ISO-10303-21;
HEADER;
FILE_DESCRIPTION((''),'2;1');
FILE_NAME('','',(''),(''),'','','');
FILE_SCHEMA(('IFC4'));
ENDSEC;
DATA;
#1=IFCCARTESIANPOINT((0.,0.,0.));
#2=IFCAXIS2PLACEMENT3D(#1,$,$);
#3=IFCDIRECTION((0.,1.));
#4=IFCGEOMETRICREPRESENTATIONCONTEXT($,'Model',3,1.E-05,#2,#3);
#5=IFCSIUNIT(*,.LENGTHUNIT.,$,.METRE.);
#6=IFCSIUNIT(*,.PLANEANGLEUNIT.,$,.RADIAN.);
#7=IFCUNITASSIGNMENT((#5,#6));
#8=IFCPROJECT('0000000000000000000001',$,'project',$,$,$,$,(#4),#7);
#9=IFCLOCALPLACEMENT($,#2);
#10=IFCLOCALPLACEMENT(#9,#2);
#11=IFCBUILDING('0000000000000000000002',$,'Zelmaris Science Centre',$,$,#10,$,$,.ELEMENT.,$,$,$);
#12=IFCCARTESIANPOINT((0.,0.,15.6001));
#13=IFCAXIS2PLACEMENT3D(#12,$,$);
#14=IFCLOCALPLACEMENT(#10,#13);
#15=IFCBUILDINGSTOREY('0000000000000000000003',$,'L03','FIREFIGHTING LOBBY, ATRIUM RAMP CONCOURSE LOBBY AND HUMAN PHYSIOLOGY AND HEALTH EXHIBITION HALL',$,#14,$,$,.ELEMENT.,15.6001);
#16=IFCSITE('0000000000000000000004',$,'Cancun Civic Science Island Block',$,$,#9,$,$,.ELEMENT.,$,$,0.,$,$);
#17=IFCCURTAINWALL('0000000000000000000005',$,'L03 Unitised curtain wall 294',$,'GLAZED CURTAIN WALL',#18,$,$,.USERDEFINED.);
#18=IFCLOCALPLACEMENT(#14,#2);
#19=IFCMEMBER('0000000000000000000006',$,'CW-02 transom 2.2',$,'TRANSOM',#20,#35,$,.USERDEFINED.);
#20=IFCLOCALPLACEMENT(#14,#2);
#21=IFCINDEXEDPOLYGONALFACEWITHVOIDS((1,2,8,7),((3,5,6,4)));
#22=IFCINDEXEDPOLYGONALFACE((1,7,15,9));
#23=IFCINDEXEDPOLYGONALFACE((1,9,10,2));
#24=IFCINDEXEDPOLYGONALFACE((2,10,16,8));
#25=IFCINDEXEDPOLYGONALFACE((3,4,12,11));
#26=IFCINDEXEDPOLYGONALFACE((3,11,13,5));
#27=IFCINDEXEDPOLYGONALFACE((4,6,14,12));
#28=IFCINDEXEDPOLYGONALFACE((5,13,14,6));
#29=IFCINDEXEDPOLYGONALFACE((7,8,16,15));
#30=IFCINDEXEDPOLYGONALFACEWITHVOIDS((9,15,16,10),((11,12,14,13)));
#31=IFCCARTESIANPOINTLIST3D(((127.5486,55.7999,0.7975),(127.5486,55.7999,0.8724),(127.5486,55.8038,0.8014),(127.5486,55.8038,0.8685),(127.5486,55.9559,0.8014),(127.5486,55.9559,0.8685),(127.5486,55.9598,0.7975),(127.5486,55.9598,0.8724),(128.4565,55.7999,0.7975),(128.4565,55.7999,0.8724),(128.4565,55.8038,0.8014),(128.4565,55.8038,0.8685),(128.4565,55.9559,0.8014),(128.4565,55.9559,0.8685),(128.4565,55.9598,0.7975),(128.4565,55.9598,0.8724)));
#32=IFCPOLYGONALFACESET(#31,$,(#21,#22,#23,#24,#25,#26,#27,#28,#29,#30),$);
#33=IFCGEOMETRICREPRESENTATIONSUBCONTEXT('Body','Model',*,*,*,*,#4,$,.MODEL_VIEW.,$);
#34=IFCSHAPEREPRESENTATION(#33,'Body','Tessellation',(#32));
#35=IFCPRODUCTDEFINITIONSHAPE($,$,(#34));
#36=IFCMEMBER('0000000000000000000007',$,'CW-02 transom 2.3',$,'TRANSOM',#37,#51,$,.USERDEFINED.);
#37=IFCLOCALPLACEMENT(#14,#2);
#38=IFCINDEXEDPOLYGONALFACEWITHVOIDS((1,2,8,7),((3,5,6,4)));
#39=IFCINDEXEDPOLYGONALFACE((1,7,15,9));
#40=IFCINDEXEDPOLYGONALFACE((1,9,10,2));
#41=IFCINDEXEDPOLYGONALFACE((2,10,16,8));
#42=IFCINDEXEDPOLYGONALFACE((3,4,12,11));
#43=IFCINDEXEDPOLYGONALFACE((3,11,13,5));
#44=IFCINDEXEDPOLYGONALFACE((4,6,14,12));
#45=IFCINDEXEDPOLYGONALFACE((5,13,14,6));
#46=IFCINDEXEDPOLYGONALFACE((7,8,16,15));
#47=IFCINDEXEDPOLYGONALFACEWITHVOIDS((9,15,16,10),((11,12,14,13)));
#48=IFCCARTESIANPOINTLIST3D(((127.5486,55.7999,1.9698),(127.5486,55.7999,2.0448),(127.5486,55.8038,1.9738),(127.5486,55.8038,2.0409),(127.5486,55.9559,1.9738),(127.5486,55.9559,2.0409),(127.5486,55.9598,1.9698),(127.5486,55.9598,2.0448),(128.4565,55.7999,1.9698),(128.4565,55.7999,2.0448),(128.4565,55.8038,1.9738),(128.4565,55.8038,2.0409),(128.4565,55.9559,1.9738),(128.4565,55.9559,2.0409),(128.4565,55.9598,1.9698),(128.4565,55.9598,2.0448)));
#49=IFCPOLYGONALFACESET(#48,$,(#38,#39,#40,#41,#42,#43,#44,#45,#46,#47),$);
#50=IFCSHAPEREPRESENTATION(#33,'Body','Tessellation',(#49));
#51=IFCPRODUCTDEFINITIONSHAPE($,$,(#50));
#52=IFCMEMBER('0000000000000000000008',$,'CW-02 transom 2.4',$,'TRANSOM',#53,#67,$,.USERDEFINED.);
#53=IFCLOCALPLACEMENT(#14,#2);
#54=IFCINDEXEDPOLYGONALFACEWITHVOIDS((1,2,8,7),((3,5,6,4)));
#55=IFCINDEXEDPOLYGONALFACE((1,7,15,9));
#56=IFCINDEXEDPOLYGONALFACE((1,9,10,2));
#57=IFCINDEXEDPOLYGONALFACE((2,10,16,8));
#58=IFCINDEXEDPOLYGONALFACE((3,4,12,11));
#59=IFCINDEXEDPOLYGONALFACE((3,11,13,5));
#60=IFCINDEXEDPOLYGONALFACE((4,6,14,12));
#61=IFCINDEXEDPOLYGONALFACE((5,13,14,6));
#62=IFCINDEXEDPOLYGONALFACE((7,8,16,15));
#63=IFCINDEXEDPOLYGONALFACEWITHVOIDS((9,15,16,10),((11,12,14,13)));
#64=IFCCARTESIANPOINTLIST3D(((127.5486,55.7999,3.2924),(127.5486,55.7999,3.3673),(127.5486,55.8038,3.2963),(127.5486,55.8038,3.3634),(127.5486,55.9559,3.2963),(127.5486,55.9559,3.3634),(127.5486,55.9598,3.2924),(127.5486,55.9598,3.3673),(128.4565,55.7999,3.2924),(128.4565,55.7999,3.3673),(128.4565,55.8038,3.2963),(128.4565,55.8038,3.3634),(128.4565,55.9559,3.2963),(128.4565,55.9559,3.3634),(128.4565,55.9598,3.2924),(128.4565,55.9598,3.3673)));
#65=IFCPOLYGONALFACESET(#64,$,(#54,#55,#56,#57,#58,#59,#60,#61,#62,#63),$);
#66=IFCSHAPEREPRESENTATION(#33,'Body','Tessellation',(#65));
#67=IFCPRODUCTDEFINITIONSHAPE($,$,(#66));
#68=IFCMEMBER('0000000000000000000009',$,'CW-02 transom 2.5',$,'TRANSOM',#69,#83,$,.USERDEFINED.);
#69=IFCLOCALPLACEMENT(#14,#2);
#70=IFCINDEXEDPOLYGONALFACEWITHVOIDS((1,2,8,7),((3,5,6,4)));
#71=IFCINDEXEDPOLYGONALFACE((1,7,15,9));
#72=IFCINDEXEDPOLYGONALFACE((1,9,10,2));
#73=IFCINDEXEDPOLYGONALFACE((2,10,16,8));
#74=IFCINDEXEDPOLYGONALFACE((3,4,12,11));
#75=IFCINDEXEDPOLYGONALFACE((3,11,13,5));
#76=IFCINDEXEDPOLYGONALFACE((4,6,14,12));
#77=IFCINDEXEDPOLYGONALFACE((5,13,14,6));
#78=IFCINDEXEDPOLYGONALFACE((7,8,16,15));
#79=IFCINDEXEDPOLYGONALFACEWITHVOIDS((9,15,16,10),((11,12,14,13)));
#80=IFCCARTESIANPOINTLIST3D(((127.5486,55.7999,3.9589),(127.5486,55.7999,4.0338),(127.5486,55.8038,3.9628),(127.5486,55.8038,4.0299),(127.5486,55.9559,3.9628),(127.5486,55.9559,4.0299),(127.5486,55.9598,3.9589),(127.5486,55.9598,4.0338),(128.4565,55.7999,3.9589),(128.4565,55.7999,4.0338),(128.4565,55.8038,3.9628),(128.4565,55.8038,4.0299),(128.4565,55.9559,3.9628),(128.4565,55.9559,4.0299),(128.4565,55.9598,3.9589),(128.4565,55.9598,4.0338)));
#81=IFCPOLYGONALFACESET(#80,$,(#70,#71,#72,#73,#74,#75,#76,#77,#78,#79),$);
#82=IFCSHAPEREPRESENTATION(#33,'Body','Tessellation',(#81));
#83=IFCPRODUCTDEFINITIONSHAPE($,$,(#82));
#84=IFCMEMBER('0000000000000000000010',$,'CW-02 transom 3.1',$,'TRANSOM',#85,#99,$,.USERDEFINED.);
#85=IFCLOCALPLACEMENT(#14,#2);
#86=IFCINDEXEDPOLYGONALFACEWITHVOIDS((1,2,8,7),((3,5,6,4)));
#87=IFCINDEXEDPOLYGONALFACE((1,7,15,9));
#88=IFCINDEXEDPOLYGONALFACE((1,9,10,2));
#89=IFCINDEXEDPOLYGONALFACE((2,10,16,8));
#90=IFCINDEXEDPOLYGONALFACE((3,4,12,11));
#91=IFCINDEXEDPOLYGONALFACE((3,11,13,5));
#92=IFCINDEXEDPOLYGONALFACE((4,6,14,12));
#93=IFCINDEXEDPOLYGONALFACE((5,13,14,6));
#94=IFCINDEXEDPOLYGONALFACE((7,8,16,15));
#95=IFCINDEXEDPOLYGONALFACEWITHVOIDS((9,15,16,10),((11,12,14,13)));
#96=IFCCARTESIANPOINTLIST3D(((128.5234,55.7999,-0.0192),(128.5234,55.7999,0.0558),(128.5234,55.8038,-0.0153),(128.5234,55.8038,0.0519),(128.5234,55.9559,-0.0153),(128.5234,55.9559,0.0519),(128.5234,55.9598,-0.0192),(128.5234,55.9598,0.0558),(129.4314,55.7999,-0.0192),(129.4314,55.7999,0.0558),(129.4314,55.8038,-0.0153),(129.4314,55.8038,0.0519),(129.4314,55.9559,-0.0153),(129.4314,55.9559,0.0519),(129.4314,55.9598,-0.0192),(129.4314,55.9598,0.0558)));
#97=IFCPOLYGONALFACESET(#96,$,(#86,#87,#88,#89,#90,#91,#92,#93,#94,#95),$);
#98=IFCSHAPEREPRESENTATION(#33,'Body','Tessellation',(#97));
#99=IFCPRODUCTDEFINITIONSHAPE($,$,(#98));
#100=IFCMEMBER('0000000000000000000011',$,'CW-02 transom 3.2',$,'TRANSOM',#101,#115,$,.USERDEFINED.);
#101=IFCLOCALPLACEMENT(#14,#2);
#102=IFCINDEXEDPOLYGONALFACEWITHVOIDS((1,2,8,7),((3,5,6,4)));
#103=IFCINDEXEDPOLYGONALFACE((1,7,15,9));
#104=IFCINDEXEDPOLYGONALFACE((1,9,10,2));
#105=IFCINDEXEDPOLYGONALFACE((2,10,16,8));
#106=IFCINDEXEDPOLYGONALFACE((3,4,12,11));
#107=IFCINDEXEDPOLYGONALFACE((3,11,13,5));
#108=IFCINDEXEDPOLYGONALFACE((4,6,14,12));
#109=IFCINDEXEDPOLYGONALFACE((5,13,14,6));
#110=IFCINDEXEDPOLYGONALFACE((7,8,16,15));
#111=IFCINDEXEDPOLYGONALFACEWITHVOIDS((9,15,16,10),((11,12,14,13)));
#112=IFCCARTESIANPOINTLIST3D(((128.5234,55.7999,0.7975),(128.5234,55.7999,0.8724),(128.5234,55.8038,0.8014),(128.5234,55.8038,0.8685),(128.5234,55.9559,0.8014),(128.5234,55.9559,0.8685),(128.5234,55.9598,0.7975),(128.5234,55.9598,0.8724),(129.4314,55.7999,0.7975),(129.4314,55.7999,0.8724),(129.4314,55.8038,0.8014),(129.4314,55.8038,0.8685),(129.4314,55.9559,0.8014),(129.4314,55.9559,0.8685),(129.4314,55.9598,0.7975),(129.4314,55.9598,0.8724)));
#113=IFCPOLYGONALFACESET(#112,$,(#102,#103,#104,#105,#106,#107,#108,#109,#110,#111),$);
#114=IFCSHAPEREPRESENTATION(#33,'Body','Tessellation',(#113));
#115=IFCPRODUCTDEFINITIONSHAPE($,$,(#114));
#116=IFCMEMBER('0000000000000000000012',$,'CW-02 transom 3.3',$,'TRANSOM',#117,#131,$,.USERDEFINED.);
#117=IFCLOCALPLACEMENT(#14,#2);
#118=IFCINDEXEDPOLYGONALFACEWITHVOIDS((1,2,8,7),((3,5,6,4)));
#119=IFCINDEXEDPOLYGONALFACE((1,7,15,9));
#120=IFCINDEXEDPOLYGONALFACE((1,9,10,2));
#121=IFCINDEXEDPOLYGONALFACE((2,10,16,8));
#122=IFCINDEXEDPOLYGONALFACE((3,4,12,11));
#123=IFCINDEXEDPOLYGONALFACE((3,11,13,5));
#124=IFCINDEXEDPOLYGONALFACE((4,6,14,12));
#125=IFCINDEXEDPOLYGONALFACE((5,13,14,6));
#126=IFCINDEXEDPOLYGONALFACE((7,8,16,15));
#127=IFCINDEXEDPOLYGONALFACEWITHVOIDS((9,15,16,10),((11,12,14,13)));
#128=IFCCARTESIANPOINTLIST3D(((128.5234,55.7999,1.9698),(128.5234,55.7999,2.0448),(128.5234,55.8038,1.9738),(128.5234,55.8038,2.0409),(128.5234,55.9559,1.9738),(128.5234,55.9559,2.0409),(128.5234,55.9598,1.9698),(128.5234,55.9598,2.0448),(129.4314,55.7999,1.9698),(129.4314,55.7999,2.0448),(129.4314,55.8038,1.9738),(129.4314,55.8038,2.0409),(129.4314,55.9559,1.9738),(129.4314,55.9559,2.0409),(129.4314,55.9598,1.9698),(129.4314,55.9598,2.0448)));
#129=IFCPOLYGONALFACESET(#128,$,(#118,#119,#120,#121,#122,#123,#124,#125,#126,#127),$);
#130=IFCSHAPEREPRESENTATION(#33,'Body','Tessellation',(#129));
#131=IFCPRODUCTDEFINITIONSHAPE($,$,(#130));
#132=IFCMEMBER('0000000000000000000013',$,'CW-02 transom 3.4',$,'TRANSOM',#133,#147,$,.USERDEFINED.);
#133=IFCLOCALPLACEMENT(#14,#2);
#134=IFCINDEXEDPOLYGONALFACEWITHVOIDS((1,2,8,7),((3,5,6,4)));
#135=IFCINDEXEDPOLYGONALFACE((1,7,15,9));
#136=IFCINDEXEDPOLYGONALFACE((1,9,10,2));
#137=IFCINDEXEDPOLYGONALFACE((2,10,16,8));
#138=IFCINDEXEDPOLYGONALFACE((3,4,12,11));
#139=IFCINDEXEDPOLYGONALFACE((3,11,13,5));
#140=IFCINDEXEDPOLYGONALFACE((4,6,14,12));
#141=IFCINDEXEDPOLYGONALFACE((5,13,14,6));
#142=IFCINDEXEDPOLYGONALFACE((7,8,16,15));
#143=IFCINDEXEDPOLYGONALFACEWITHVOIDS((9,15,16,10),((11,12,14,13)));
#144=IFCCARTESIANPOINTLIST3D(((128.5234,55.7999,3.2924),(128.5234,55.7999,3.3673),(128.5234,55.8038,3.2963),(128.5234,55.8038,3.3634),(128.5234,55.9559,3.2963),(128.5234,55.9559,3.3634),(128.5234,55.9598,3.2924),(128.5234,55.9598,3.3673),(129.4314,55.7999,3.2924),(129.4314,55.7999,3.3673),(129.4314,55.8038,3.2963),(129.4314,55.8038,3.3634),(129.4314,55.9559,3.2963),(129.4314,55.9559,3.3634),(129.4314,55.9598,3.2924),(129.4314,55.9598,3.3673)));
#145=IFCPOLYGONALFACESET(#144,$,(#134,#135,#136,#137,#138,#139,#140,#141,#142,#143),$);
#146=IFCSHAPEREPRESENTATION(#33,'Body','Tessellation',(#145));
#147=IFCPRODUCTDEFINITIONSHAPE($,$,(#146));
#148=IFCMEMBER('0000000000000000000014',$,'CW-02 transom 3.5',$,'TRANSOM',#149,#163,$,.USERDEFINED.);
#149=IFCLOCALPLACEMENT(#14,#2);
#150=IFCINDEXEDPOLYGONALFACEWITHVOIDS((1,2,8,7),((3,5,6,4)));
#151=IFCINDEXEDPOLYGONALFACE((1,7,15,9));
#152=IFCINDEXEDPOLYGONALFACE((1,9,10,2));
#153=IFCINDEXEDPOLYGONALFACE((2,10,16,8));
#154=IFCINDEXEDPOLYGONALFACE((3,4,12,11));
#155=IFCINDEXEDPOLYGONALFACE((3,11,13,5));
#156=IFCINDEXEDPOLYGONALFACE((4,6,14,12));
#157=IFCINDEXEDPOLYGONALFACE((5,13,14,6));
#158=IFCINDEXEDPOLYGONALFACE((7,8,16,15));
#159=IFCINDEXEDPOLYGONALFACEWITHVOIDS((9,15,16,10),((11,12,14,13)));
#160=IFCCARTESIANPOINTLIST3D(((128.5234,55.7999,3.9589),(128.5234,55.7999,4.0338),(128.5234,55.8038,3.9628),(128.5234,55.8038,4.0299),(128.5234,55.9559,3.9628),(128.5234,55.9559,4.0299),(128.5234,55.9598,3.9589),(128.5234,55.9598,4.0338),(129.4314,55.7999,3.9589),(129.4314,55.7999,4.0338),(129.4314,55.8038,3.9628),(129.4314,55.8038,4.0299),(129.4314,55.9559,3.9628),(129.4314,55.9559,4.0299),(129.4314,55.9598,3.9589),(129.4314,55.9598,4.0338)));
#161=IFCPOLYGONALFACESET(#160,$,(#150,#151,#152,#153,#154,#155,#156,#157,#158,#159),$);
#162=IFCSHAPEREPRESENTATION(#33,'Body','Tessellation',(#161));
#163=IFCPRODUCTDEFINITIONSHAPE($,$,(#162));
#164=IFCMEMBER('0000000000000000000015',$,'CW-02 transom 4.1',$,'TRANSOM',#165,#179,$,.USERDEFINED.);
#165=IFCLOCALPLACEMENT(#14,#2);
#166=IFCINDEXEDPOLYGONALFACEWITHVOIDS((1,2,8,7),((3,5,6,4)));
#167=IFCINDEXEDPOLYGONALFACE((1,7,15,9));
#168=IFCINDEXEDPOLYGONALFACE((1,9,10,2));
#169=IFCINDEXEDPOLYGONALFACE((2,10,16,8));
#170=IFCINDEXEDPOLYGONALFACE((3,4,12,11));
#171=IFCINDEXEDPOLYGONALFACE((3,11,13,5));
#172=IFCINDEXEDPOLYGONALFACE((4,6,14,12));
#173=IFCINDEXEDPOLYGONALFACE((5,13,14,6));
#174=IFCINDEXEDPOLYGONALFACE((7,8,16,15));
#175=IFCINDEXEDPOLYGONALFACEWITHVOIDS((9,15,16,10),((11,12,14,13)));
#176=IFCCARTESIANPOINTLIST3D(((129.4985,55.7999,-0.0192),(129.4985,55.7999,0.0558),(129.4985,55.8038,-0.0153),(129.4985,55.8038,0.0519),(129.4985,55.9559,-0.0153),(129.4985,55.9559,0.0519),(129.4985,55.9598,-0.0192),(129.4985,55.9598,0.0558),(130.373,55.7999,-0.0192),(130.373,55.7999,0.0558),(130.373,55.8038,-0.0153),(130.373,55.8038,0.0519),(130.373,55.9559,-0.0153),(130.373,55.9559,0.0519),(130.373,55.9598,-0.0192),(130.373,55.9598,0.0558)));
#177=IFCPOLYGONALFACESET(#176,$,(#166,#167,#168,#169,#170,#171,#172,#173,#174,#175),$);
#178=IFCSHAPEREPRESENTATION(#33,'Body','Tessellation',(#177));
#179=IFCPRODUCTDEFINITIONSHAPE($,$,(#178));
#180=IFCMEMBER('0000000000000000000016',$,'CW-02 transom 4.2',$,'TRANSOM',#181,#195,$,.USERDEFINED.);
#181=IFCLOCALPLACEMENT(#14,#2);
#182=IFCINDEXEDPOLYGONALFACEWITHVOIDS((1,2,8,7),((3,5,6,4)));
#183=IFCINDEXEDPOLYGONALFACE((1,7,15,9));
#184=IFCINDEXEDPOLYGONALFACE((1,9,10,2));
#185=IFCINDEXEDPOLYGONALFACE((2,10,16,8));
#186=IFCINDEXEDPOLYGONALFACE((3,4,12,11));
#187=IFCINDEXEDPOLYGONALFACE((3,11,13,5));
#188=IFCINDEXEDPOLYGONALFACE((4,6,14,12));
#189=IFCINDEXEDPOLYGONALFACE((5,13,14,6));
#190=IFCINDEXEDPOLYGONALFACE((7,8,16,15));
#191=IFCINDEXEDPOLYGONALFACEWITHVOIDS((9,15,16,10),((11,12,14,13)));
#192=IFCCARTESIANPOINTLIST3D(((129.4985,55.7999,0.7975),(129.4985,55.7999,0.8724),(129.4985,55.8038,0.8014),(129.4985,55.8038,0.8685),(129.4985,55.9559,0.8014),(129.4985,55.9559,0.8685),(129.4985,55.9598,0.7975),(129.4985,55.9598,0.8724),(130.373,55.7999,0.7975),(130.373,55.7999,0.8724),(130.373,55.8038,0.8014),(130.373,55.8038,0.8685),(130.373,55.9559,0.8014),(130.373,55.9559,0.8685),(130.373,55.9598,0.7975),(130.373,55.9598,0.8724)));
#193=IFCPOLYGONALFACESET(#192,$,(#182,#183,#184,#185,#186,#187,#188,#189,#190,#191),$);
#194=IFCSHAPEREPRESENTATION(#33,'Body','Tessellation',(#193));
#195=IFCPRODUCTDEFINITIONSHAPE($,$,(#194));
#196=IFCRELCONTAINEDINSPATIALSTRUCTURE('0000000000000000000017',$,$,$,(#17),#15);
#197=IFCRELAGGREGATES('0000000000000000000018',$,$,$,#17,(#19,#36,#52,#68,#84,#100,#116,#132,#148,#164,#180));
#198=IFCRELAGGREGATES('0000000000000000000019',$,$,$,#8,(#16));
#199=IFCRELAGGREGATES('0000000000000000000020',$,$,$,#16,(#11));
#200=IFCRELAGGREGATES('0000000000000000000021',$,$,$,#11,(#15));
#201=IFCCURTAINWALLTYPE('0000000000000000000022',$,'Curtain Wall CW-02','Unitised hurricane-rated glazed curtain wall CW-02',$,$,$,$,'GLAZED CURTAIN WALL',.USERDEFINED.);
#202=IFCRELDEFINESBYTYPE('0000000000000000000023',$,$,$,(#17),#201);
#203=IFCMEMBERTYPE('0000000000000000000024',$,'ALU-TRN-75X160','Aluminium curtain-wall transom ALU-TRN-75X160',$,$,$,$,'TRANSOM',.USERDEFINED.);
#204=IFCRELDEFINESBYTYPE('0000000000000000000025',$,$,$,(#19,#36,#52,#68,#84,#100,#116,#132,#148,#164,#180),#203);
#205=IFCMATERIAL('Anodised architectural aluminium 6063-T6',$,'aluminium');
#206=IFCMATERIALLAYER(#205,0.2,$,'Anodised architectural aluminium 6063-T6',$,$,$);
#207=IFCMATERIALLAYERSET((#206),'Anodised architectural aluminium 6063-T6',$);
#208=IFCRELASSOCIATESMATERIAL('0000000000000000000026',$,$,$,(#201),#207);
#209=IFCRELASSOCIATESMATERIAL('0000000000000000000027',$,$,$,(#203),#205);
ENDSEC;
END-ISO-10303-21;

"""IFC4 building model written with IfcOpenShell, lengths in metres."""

from ifc_helpers import new_model, si_unit, direction, frame, origin, origin_2d, place, context, subcontext, project, spatial, hollow_rectangle, extrude, material, layer, layer_set, material_profile, profile_set, type_object, element, aggregate, save


model = new_model("IFC4")

# Units and contexts
model_context = context("Model", 3, precision=1e-05, world=origin(), true_north=direction((0.0, 1.0)))
body_context = subcontext(model_context, "Body", "Model", "MODEL_VIEW")
ifc_project = project(units=[si_unit("LENGTHUNIT", "METRE"), si_unit("PLANEANGLEUNIT", "RADIAN")], contexts=[model_context])

# Site, building, storey
site_placement = place(None, origin())
site = spatial("IfcSite", under=ifc_project, at=site_placement, Name="Cancun Civic Science Island Block", CompositionType="ELEMENT", RefElevation=0.0)
building_placement = place(site_placement, origin())
building = spatial("IfcBuilding", under=site, at=building_placement, Name="Zelmaris Science Centre", CompositionType="ELEMENT")
storey_placement = place(building_placement, frame((0.0, 0.0, 15.6001)))
storey = spatial("IfcBuildingStorey", under=building, at=storey_placement, Name="L03", Description="FIREFIGHTING LOBBY, ATRIUM RAMP CONCOURSE LOBBY AND HUMAN PHYSIOLOGY AND HEALTH EXHIBITION HALL", CompositionType="ELEMENT", Elevation=15.6001)

# Shared definitions
ifc_material_1 = material(Name="Anodised architectural aluminium 6063-T6", Category="aluminium")

# Curtain wall, members
ifc_layer_1 = layer(ifc_material_1, 0.2, Name="Anodised architectural aluminium 6063-T6")
ifc_layer_set_1 = layer_set([ifc_layer_1], Name="Anodised architectural aluminium 6063-T6")
curtain_wall_type_1 = type_object("IfcCurtainWallType", Name="Curtain Wall CW-02", Description="Unitised hurricane-rated glazed curtain wall CW-02", ElementType="GLAZED CURTAIN WALL", PredefinedType="USERDEFINED", material=ifc_layer_set_1)
curtain_wall_1_placement = place(storey_placement, origin())
curtain_wall_1 = element("IfcCurtainWall", 1, at=curtain_wall_1_placement, inside=storey, type_object=curtain_wall_type_1, Name="L03 Unitised curtain wall 294", ObjectType="GLAZED CURTAIN WALL", PredefinedType="USERDEFINED")
ifc_material_profile_1 = material_profile(ifc_material_1, hollow_rectangle(XDim=0.075, YDim=0.1599, WallThickness=0.0039, at=origin_2d()), Name="ALU-TRN-75X160")
ifc_profile_set_1 = profile_set([ifc_material_profile_1], Name="Anodised architectural aluminium 6063-T6")
member_type_1 = type_object("IfcMemberType", Name="ALU-TRN-75X160", Description="Aluminium curtain-wall transom ALU-TRN-75X160", ElementType="TRANSOM", PredefinedType="USERDEFINED", material=ifc_profile_set_1)
member_1_placement = place(storey_placement, frame((127.5486, 55.8799, 0.835), z_axis=(1.0, 0.0, 0.0), x_axis=(0.0, 0.0, 1.0)))
member_1 = element("IfcMember", 2, at=member_1_placement, type_object=member_type_1, Name="CW-02 transom 2.2", ObjectType="TRANSOM", PredefinedType="USERDEFINED", context=body_context, shape_type="SweptSolid", body=[
    extrude(hollow_rectangle(XDim=0.075, YDim=0.1599, WallThickness=0.0039, at=origin_2d()), origin(), (0.0, 0.0, 1.0), 0.908),
])
member_2_placement = place(storey_placement, frame((127.5486, 55.8799, 2.0073), z_axis=(1.0, 0.0, 0.0), x_axis=(0.0, 0.0, 1.0)))
member_2 = element("IfcMember", 3, at=member_2_placement, type_object=member_type_1, Name="CW-02 transom 2.3", ObjectType="TRANSOM", PredefinedType="USERDEFINED", context=body_context, shape_type="SweptSolid", body=[
    extrude(hollow_rectangle(XDim=0.075, YDim=0.1599, WallThickness=0.0039, at=origin_2d()), origin(), (0.0, 0.0, 1.0), 0.908),
])
member_3_placement = place(storey_placement, frame((127.5486, 55.8799, 3.3298), z_axis=(1.0, 0.0, 0.0), x_axis=(0.0, 0.0, 1.0)))
member_3 = element("IfcMember", 4, at=member_3_placement, type_object=member_type_1, Name="CW-02 transom 2.4", ObjectType="TRANSOM", PredefinedType="USERDEFINED", context=body_context, shape_type="SweptSolid", body=[
    extrude(hollow_rectangle(XDim=0.075, YDim=0.1599, WallThickness=0.0039, at=origin_2d()), origin(), (0.0, 0.0, 1.0), 0.908),
])
member_4_placement = place(storey_placement, frame((127.5486, 55.8799, 3.9963), z_axis=(1.0, 0.0, 0.0), x_axis=(0.0, 0.0, 1.0)))
member_4 = element("IfcMember", 5, at=member_4_placement, type_object=member_type_1, Name="CW-02 transom 2.5", ObjectType="TRANSOM", PredefinedType="USERDEFINED", context=body_context, shape_type="SweptSolid", body=[
    extrude(hollow_rectangle(XDim=0.075, YDim=0.1599, WallThickness=0.0039, at=origin_2d()), origin(), (0.0, 0.0, 1.0), 0.908),
])
member_5_placement = place(storey_placement, frame((128.5234, 55.8799, 0.0183), z_axis=(1.0, 0.0, 0.0), x_axis=(0.0, 0.0, 1.0)))
member_5 = element("IfcMember", 6, at=member_5_placement, type_object=member_type_1, Name="CW-02 transom 3.1", ObjectType="TRANSOM", PredefinedType="USERDEFINED", context=body_context, shape_type="SweptSolid", body=[
    extrude(hollow_rectangle(XDim=0.075, YDim=0.1599, WallThickness=0.0039, at=origin_2d()), origin(), (0.0, 0.0, 1.0), 0.908),
])
member_6_placement = place(storey_placement, frame((128.5234, 55.8799, 0.835), z_axis=(1.0, 0.0, 0.0), x_axis=(0.0, 0.0, 1.0)))
member_6 = element("IfcMember", 7, at=member_6_placement, type_object=member_type_1, Name="CW-02 transom 3.2", ObjectType="TRANSOM", PredefinedType="USERDEFINED", context=body_context, shape_type="SweptSolid", body=[
    extrude(hollow_rectangle(XDim=0.075, YDim=0.1599, WallThickness=0.0039, at=origin_2d()), origin(), (0.0, 0.0, 1.0), 0.908),
])
member_7_placement = place(storey_placement, frame((128.5234, 55.8799, 2.0073), z_axis=(1.0, 0.0, 0.0), x_axis=(0.0, 0.0, 1.0)))
member_7 = element("IfcMember", 8, at=member_7_placement, type_object=member_type_1, Name="CW-02 transom 3.3", ObjectType="TRANSOM", PredefinedType="USERDEFINED", context=body_context, shape_type="SweptSolid", body=[
    extrude(hollow_rectangle(XDim=0.075, YDim=0.1599, WallThickness=0.0039, at=origin_2d()), origin(), (0.0, 0.0, 1.0), 0.908),
])
member_8_placement = place(storey_placement, frame((128.5234, 55.8799, 3.3298), z_axis=(1.0, 0.0, 0.0), x_axis=(0.0, 0.0, 1.0)))
member_8 = element("IfcMember", 9, at=member_8_placement, type_object=member_type_1, Name="CW-02 transom 3.4", ObjectType="TRANSOM", PredefinedType="USERDEFINED", context=body_context, shape_type="SweptSolid", body=[
    extrude(hollow_rectangle(XDim=0.075, YDim=0.1599, WallThickness=0.0039, at=origin_2d()), origin(), (0.0, 0.0, 1.0), 0.908),
])
member_9_placement = place(storey_placement, frame((128.5234, 55.8799, 3.9963), z_axis=(1.0, 0.0, 0.0), x_axis=(0.0, 0.0, 1.0)))
member_9 = element("IfcMember", 10, at=member_9_placement, type_object=member_type_1, Name="CW-02 transom 3.5", ObjectType="TRANSOM", PredefinedType="USERDEFINED", context=body_context, shape_type="SweptSolid", body=[
    extrude(hollow_rectangle(XDim=0.075, YDim=0.1599, WallThickness=0.0039, at=origin_2d()), origin(), (0.0, 0.0, 1.0), 0.908),
])
member_10_placement = place(storey_placement, frame((129.4985, 55.8799, 0.0183), z_axis=(1.0, 0.0, 0.0), x_axis=(0.0, 0.0, 1.0)))
member_10 = element("IfcMember", 11, at=member_10_placement, type_object=member_type_1, Name="CW-02 transom 4.1", ObjectType="TRANSOM", PredefinedType="USERDEFINED", context=body_context, shape_type="SweptSolid", body=[
    extrude(hollow_rectangle(XDim=0.075, YDim=0.1599, WallThickness=0.0039, at=origin_2d()), origin(), (0.0, 0.0, 1.0), 0.8745),
])
member_11_placement = place(storey_placement, frame((129.4985, 55.8799, 0.835), z_axis=(1.0, 0.0, 0.0), x_axis=(0.0, 0.0, 1.0)))
member_11 = element("IfcMember", 12, at=member_11_placement, type_object=member_type_1, Name="CW-02 transom 4.2", ObjectType="TRANSOM", PredefinedType="USERDEFINED", context=body_context, shape_type="SweptSolid", body=[
    extrude(hollow_rectangle(XDim=0.075, YDim=0.1599, WallThickness=0.0039, at=origin_2d()), origin(), (0.0, 0.0, 1.0), 0.8745),
])
aggregate(curtain_wall_1, [member_1, member_2, member_3, member_4, member_5, member_6, member_7, member_8, member_9, member_10, member_11])

save(model, "model.ifc")
